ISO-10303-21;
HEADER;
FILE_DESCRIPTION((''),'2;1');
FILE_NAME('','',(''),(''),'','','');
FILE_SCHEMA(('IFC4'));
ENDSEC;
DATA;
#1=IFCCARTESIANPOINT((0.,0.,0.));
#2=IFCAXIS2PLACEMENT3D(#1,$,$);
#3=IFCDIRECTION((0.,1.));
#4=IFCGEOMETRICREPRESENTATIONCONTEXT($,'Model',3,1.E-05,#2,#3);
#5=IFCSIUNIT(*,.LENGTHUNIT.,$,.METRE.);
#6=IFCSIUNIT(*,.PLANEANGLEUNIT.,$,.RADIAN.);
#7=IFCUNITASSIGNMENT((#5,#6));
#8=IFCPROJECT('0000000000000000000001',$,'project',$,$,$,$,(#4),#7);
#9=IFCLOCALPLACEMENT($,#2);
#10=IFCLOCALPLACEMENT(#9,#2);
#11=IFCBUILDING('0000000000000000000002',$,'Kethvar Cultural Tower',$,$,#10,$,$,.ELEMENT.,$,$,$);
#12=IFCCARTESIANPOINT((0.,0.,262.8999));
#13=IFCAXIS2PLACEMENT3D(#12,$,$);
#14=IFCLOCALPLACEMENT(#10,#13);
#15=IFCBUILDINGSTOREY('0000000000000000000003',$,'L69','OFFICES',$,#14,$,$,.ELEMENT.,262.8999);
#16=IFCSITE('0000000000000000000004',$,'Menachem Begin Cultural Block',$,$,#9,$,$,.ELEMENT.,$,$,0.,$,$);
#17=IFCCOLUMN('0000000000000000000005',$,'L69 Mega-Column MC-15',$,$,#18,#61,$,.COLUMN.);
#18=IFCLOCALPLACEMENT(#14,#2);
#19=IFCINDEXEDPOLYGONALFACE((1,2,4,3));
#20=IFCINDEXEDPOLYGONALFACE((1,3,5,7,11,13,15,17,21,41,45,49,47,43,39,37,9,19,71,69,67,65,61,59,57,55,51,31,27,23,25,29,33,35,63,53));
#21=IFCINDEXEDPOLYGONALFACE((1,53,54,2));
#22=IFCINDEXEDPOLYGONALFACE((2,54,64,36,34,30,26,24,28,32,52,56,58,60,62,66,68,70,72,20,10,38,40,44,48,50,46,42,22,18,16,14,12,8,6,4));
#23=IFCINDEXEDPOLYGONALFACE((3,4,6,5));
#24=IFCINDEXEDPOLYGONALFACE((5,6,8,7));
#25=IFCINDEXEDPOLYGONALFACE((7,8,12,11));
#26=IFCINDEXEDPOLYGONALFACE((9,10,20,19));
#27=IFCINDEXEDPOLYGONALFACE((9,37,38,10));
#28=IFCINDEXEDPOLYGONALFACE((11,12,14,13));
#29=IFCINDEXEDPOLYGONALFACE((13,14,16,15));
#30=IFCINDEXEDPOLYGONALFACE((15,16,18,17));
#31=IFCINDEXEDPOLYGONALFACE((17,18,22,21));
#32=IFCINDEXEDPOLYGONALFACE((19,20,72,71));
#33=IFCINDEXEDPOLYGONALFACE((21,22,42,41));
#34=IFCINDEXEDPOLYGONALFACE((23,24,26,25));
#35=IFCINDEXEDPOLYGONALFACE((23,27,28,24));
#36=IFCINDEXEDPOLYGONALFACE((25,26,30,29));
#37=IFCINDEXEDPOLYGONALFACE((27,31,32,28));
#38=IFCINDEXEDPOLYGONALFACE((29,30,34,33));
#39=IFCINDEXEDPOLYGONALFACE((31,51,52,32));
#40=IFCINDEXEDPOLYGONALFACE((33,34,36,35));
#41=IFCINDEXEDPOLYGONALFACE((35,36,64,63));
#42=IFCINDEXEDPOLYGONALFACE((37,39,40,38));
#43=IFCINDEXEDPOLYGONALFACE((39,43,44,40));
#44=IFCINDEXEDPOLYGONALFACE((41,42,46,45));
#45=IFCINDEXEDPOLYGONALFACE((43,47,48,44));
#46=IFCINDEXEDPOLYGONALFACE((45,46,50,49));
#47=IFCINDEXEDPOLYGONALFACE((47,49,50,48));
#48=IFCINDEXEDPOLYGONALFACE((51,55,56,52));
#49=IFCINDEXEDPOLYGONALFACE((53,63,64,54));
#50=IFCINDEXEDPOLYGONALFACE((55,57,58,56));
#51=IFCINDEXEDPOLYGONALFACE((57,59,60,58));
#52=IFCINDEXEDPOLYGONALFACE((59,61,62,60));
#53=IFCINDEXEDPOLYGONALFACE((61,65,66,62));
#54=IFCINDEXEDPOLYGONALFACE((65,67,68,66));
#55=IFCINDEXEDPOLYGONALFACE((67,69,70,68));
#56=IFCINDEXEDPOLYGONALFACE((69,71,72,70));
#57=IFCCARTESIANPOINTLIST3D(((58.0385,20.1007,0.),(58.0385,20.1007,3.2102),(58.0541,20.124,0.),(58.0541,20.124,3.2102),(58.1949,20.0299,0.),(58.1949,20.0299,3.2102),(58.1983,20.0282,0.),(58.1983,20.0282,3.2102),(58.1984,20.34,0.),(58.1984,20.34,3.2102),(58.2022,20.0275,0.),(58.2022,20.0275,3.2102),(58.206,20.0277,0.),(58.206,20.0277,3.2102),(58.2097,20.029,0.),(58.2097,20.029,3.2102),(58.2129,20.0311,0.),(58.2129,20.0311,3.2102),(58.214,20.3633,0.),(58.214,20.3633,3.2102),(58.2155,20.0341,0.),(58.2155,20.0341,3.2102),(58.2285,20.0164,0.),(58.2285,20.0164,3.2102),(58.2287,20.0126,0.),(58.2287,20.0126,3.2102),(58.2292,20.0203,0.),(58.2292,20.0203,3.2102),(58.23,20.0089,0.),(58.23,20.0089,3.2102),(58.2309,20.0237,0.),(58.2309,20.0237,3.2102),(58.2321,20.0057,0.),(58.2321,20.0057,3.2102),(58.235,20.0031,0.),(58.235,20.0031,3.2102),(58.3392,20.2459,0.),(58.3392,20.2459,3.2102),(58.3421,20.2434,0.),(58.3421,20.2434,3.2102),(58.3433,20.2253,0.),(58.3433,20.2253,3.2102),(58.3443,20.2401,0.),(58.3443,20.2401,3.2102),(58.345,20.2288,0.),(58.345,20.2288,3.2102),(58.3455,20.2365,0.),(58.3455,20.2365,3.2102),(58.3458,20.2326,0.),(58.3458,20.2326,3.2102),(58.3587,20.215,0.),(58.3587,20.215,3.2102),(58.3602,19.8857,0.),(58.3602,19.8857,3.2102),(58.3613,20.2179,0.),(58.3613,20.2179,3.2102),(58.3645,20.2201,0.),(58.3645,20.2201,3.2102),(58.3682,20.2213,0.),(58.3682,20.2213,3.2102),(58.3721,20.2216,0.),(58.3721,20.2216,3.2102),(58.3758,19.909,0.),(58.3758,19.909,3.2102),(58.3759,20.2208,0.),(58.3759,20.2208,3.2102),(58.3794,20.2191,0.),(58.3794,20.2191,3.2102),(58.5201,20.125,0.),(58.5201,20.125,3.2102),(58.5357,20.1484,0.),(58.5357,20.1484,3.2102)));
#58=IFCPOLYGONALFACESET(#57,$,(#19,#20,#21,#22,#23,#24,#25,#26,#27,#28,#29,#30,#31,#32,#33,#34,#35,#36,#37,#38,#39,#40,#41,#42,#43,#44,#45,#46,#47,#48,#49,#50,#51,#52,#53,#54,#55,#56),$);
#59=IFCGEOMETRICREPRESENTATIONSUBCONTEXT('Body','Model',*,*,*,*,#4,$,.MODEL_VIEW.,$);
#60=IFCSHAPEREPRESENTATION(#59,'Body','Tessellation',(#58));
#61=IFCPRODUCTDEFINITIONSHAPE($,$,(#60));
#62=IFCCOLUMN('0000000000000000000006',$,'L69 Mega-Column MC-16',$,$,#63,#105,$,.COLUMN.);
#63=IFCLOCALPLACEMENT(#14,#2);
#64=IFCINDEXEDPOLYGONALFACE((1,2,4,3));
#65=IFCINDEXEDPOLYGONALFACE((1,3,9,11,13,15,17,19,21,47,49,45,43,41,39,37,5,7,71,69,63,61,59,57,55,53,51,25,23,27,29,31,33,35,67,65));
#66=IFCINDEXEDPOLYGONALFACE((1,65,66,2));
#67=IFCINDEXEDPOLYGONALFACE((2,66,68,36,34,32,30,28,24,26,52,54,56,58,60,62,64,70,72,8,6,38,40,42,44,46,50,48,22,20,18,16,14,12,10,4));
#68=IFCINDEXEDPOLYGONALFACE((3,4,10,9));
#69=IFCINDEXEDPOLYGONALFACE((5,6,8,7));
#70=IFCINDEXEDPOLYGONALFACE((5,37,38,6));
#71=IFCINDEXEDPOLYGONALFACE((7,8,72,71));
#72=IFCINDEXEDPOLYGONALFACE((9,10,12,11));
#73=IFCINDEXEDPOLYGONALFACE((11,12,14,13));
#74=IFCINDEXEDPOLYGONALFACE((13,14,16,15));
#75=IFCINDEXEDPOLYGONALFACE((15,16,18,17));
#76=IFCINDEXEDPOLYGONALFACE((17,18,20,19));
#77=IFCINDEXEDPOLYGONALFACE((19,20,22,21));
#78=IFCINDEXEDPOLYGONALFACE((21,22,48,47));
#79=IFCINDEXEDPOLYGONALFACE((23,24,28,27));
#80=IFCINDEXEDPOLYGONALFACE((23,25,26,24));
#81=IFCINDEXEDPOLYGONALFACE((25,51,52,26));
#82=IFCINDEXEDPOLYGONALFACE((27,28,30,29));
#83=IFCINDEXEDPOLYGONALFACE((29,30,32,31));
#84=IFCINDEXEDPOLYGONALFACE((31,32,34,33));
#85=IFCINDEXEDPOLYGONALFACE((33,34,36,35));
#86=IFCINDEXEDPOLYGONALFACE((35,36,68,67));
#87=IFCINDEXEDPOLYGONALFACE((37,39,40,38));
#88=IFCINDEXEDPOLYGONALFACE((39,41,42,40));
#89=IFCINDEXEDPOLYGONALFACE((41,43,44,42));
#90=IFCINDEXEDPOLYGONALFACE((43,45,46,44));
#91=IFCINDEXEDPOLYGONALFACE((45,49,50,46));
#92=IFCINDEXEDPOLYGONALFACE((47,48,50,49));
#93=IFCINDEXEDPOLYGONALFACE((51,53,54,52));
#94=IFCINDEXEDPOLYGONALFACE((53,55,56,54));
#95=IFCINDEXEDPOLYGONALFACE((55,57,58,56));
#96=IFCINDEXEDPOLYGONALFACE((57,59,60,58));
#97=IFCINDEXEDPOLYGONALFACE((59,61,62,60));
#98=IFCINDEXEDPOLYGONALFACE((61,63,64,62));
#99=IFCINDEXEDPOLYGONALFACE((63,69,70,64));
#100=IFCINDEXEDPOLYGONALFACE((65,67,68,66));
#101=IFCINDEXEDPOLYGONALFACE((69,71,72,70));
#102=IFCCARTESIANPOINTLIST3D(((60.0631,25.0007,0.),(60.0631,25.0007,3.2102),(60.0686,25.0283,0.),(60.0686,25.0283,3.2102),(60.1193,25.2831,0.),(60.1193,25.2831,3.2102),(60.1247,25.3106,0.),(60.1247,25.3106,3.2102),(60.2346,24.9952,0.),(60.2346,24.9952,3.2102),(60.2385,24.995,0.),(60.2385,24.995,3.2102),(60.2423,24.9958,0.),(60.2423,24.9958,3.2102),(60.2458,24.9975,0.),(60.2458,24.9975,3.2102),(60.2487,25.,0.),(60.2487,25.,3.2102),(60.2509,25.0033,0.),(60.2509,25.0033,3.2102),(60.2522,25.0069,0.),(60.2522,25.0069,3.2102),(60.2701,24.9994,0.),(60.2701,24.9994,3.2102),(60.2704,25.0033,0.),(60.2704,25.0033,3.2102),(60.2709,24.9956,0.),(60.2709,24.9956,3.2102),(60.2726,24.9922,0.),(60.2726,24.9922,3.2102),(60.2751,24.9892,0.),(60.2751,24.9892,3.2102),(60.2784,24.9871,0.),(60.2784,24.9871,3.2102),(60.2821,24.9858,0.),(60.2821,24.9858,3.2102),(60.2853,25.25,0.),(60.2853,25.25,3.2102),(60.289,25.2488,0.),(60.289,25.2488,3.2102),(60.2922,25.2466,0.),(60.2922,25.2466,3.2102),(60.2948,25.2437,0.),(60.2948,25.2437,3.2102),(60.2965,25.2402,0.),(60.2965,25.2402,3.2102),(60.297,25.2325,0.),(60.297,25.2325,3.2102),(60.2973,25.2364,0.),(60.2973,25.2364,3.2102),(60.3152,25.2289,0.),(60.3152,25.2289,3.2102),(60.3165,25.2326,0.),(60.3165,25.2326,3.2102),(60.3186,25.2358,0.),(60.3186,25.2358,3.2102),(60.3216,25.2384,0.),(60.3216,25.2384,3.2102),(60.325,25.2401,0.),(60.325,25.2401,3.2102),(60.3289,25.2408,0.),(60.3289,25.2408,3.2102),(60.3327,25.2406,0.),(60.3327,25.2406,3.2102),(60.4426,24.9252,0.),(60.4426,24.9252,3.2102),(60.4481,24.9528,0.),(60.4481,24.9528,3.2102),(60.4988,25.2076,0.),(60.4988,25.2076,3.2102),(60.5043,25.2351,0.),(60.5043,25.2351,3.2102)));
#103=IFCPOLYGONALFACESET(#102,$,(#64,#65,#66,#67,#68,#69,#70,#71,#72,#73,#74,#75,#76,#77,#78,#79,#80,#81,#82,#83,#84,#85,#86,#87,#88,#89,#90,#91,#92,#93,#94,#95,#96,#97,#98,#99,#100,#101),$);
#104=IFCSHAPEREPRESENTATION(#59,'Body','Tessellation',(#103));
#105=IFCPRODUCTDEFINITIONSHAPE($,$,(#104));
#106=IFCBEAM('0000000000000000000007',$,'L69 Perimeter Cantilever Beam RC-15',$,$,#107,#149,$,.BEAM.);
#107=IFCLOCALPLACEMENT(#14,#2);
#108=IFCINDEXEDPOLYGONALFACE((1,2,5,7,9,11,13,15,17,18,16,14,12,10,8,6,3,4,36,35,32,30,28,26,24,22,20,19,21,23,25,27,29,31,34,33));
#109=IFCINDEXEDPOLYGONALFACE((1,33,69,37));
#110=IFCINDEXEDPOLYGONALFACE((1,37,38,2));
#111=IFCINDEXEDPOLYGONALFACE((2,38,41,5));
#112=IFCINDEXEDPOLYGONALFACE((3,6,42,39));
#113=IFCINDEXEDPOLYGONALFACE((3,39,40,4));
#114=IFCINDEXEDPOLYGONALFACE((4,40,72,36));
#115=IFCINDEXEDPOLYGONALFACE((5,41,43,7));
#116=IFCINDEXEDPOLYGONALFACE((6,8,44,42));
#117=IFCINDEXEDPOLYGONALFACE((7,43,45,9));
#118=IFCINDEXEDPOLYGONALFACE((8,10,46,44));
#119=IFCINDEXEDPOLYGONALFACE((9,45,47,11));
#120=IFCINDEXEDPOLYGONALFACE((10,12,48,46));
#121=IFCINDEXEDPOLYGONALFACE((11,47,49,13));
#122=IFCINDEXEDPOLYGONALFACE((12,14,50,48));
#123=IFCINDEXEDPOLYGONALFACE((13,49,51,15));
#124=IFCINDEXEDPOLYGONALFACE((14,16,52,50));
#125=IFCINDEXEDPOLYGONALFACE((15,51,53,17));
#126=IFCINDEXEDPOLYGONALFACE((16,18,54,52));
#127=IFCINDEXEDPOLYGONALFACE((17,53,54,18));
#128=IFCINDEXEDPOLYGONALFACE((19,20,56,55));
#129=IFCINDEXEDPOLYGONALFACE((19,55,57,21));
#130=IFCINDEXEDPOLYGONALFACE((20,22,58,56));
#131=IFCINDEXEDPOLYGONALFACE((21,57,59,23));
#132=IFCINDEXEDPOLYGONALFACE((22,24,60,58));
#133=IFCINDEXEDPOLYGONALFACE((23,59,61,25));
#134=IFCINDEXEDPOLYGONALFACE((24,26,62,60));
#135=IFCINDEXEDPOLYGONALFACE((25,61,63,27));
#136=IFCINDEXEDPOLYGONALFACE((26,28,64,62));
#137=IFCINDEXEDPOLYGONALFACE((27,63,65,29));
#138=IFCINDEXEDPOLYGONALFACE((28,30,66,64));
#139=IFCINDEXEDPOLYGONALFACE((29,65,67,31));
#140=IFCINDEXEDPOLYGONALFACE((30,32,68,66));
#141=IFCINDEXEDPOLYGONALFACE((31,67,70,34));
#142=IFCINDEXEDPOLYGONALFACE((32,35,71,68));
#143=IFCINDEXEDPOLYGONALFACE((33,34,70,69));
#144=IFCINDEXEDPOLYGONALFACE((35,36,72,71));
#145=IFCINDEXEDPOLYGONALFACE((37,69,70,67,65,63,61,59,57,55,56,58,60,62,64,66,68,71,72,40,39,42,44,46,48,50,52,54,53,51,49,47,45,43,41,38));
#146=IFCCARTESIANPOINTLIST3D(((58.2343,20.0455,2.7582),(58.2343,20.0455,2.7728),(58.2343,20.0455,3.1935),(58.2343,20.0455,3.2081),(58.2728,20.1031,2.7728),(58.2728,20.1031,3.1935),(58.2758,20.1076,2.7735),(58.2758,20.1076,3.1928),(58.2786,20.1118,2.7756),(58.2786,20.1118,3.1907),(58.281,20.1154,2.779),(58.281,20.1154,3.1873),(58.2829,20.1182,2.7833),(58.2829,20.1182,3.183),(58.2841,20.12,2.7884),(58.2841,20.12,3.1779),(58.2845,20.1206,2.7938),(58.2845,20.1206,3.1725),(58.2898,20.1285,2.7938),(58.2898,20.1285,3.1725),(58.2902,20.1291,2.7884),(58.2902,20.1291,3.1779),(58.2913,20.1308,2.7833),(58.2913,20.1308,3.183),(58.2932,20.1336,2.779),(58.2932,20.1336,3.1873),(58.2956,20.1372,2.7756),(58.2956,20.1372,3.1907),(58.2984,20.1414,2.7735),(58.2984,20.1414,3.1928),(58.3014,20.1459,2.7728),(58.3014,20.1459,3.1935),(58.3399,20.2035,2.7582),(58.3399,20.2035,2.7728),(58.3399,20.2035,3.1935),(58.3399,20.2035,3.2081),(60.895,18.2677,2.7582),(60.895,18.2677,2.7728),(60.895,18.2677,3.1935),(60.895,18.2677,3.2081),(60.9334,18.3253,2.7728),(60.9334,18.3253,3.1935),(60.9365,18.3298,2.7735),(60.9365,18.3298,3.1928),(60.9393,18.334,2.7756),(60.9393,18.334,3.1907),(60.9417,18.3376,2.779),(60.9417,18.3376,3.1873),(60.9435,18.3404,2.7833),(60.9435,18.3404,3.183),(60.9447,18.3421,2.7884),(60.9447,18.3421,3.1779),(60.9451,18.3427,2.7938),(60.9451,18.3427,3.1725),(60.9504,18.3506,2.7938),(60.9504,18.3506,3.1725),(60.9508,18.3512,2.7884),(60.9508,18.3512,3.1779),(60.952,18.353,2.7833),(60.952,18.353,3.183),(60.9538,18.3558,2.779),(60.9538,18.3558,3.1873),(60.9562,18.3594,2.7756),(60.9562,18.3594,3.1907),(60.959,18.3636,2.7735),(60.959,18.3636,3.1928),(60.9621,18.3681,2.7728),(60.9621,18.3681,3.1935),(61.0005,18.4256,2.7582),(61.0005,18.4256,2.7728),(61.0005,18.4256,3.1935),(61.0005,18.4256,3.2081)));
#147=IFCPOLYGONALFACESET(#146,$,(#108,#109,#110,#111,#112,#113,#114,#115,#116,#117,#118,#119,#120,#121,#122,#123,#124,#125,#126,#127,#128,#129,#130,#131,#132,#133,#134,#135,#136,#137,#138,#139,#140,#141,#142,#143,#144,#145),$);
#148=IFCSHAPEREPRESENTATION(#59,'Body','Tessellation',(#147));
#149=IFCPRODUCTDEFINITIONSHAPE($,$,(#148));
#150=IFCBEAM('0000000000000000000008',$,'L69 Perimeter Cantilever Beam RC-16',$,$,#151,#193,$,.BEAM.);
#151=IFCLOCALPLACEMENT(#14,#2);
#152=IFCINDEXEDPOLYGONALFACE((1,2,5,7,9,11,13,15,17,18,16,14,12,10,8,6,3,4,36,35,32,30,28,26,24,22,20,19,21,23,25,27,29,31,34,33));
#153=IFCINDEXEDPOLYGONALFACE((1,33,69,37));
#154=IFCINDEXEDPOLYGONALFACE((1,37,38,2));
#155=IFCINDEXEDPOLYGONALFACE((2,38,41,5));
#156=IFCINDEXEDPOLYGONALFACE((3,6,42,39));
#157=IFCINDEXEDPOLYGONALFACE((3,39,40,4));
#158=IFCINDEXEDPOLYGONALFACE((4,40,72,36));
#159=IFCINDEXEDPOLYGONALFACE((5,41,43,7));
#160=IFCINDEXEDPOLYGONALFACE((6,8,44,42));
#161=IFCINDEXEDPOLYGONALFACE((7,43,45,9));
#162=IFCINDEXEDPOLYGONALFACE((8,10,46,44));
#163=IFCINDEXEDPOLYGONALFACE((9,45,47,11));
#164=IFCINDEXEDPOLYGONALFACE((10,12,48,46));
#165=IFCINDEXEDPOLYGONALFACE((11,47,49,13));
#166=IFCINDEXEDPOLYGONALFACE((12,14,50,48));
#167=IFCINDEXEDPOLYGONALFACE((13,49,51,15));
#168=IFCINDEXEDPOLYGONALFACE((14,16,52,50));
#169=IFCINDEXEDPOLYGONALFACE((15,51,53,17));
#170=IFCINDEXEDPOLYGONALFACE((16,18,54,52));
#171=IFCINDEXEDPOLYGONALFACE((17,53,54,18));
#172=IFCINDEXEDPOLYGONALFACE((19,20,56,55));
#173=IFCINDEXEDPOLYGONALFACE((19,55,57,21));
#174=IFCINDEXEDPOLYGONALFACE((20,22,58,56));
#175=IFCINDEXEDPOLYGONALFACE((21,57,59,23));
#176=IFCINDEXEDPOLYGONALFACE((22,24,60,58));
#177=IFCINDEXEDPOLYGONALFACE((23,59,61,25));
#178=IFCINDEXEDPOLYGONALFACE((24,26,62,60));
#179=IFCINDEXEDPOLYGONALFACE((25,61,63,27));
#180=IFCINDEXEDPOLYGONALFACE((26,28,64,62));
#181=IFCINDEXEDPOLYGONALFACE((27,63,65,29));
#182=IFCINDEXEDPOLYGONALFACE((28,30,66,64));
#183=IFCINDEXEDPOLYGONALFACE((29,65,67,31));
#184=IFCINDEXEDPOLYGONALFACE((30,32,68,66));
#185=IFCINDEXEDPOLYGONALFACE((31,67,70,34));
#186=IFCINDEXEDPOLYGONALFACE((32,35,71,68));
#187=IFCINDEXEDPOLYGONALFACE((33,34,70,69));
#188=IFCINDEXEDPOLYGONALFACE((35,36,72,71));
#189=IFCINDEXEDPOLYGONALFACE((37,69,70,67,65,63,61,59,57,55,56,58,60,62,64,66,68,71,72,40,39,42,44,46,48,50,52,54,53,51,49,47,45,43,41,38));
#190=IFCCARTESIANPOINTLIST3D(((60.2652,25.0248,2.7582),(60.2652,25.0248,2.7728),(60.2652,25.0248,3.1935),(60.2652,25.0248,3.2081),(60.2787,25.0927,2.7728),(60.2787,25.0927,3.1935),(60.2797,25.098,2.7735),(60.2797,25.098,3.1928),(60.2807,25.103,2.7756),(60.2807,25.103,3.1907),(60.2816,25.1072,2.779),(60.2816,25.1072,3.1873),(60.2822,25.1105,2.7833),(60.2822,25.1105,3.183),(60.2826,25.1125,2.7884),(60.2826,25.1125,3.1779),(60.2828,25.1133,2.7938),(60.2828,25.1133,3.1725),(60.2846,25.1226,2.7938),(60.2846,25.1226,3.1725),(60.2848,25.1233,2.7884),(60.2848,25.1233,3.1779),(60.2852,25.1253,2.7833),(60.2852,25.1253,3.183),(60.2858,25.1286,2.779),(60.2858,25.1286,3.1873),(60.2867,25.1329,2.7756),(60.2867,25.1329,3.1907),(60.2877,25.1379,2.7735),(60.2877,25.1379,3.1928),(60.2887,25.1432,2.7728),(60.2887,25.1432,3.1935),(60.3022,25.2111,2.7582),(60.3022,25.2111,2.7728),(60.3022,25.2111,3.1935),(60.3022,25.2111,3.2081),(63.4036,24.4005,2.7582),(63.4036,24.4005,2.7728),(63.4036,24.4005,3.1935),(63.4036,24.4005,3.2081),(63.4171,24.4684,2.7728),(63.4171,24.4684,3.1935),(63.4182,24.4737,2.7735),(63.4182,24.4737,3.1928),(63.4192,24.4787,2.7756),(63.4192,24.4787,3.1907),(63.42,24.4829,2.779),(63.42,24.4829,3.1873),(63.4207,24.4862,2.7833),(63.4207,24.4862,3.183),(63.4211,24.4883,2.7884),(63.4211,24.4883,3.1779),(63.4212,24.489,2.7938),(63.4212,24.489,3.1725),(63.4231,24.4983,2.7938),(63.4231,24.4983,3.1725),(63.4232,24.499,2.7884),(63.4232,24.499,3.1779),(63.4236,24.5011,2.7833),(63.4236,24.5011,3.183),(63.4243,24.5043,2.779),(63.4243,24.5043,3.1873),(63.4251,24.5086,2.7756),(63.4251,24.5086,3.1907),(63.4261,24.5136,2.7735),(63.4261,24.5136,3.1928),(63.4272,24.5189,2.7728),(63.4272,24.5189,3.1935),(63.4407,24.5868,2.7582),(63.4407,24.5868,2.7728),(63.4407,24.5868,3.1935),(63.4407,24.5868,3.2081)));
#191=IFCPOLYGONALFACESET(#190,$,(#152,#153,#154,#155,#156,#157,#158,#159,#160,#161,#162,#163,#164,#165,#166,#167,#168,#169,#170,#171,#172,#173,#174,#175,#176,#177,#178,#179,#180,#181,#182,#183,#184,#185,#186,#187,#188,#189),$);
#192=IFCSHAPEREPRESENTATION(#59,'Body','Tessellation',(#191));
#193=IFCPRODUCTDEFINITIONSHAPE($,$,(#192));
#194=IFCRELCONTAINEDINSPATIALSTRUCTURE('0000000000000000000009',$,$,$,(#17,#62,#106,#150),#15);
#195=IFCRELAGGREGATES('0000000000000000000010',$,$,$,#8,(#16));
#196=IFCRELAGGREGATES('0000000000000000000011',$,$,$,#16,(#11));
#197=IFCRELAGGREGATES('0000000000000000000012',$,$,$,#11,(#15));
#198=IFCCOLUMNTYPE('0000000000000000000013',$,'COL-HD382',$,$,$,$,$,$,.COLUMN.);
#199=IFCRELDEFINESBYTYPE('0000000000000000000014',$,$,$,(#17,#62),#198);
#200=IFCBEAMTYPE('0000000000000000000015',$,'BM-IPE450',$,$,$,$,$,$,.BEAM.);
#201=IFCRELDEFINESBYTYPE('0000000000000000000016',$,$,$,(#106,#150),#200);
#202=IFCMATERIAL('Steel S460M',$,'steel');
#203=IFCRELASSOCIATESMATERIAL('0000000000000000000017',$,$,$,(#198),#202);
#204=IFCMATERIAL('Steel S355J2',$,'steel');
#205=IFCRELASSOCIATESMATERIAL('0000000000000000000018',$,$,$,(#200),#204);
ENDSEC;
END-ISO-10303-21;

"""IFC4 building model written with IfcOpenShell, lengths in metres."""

from ifc_helpers import new_model, si_unit, direction, frame, origin, origin_2d, place, context, subcontext, project, spatial, i_section, extrude, source, transform, mapped, material, material_profile, profile_set, type_object, element, save


model = new_model("IFC4")

# Units and contexts
model_context = context("Model", 3, precision=1e-05, world=origin(), true_north=direction((0.0, 1.0)))
body_context = subcontext(model_context, "Body", "Model", "MODEL_VIEW")
ifc_project = project(units=[si_unit("LENGTHUNIT", "METRE"), si_unit("PLANEANGLEUNIT", "RADIAN")], contexts=[model_context])

# Site, building, storey
site_placement = place(None, origin())
site = spatial("IfcSite", under=ifc_project, at=site_placement, Name="Menachem Begin Cultural Block", CompositionType="ELEMENT", RefElevation=0.0)
building_placement = place(site_placement, origin())
building = spatial("IfcBuilding", under=site, at=building_placement, Name="Kethvar Cultural Tower", CompositionType="ELEMENT")
storey_placement = place(building_placement, frame((0.0, 0.0, 262.8999)))
storey = spatial("IfcBuildingStorey", under=building, at=storey_placement, Name="L69", Description="OFFICES", CompositionType="ELEMENT", Elevation=262.8999)

# Columns
ifc_material_1 = material(Name="Steel S460M", Category="steel")
ifc_material_profile_1 = material_profile(ifc_material_1, i_section(OverallWidth=0.387, OverallDepth=0.3159, WebThickness=0.0186, FlangeThickness=0.0281, FilletRadius=0.0149, at=origin_2d()), Name="Steel S460M — HD400x382")
ifc_profile_set_1 = profile_set([ifc_material_profile_1], Name="Steel S460M — HD400x382")
column_type = type_object("IfcColumnType", Name="COL-HD382", PredefinedType="COLUMN", material=ifc_profile_set_1)
shared_shape_1 = source(origin(), body_context, "Body", "SweptSolid", [
    extrude(i_section(OverallWidth=0.387, OverallDepth=0.3159, WebThickness=0.0186, FlangeThickness=0.0281, FilletRadius=0.0149, at=origin_2d()), origin(), (0.0, 0.0, 1.0), 3.2102),
])
for number, where, z_axis, x_axis, name in (
    (1, (58.2871, 20.1245, 0.0), (0.0, 0.0, 1.0), (0.83147, -0.55557, 0.0), "L69 Mega-Column MC-15"),
    (2, (60.2837, 25.1179, 0.0), (0.0, 0.0, 1.0), (0.980785, -0.19509, 0.0), "L69 Mega-Column MC-16"),
):
    element("IfcColumn", number, at=place(storey_placement, frame(where, z_axis=z_axis, x_axis=x_axis)), inside=storey, type_object=column_type, Name=name, PredefinedType="COLUMN", context=body_context, shape_type="MappedRepresentation", body=[
        mapped(shared_shape_1, transform((0.0, 0.0, 0.0), scale=1.0)),
    ])

# Beams
ifc_material_2 = material(Name="Steel S355J2", Category="steel")
ifc_material_profile_2 = material_profile(ifc_material_2, i_section(OverallWidth=0.1899, OverallDepth=0.45, WebThickness=0.0095, FlangeThickness=0.0146, FilletRadius=0.021, at=origin_2d()), Name="Steel S355J2 — IPE450")
ifc_profile_set_2 = profile_set([ifc_material_profile_2], Name="Steel S355J2 — IPE450")
beam_type_1 = type_object("IfcBeamType", Name="BM-IPE450", PredefinedType="BEAM", material=ifc_profile_set_2)
shared_shape_2 = source(origin(), body_context, "Body", "SweptSolid", [
    extrude(i_section(OverallWidth=0.1899, OverallDepth=0.45, WebThickness=0.0095, FlangeThickness=0.0146, FilletRadius=0.021, at=origin_2d()), origin(), (0.0, 0.0, 1.0), 3.2),
])
for number, where, z_axis, x_axis, name in (
    (3, (58.2871, 20.1245, 2.9832), (0.831463, -0.55558, 0.0), (0.55558, 0.831463, 0.0), "L69 Perimeter Cantilever Beam RC-15"),
    (4, (60.2837, 25.1179, 2.9832), (0.980786, -0.195089, 0.0), (0.195089, 0.980786, 0.0), "L69 Perimeter Cantilever Beam RC-16"),
):
    element("IfcBeam", number, at=place(storey_placement, frame(where, z_axis=z_axis, x_axis=x_axis)), inside=storey, type_object=beam_type_1, Name=name, PredefinedType="BEAM", context=body_context, shape_type="MappedRepresentation", body=[
        mapped(shared_shape_2, transform((0.0, 0.0, 0.0), scale=1.0)),
    ])

save(model, "model.ifc")
